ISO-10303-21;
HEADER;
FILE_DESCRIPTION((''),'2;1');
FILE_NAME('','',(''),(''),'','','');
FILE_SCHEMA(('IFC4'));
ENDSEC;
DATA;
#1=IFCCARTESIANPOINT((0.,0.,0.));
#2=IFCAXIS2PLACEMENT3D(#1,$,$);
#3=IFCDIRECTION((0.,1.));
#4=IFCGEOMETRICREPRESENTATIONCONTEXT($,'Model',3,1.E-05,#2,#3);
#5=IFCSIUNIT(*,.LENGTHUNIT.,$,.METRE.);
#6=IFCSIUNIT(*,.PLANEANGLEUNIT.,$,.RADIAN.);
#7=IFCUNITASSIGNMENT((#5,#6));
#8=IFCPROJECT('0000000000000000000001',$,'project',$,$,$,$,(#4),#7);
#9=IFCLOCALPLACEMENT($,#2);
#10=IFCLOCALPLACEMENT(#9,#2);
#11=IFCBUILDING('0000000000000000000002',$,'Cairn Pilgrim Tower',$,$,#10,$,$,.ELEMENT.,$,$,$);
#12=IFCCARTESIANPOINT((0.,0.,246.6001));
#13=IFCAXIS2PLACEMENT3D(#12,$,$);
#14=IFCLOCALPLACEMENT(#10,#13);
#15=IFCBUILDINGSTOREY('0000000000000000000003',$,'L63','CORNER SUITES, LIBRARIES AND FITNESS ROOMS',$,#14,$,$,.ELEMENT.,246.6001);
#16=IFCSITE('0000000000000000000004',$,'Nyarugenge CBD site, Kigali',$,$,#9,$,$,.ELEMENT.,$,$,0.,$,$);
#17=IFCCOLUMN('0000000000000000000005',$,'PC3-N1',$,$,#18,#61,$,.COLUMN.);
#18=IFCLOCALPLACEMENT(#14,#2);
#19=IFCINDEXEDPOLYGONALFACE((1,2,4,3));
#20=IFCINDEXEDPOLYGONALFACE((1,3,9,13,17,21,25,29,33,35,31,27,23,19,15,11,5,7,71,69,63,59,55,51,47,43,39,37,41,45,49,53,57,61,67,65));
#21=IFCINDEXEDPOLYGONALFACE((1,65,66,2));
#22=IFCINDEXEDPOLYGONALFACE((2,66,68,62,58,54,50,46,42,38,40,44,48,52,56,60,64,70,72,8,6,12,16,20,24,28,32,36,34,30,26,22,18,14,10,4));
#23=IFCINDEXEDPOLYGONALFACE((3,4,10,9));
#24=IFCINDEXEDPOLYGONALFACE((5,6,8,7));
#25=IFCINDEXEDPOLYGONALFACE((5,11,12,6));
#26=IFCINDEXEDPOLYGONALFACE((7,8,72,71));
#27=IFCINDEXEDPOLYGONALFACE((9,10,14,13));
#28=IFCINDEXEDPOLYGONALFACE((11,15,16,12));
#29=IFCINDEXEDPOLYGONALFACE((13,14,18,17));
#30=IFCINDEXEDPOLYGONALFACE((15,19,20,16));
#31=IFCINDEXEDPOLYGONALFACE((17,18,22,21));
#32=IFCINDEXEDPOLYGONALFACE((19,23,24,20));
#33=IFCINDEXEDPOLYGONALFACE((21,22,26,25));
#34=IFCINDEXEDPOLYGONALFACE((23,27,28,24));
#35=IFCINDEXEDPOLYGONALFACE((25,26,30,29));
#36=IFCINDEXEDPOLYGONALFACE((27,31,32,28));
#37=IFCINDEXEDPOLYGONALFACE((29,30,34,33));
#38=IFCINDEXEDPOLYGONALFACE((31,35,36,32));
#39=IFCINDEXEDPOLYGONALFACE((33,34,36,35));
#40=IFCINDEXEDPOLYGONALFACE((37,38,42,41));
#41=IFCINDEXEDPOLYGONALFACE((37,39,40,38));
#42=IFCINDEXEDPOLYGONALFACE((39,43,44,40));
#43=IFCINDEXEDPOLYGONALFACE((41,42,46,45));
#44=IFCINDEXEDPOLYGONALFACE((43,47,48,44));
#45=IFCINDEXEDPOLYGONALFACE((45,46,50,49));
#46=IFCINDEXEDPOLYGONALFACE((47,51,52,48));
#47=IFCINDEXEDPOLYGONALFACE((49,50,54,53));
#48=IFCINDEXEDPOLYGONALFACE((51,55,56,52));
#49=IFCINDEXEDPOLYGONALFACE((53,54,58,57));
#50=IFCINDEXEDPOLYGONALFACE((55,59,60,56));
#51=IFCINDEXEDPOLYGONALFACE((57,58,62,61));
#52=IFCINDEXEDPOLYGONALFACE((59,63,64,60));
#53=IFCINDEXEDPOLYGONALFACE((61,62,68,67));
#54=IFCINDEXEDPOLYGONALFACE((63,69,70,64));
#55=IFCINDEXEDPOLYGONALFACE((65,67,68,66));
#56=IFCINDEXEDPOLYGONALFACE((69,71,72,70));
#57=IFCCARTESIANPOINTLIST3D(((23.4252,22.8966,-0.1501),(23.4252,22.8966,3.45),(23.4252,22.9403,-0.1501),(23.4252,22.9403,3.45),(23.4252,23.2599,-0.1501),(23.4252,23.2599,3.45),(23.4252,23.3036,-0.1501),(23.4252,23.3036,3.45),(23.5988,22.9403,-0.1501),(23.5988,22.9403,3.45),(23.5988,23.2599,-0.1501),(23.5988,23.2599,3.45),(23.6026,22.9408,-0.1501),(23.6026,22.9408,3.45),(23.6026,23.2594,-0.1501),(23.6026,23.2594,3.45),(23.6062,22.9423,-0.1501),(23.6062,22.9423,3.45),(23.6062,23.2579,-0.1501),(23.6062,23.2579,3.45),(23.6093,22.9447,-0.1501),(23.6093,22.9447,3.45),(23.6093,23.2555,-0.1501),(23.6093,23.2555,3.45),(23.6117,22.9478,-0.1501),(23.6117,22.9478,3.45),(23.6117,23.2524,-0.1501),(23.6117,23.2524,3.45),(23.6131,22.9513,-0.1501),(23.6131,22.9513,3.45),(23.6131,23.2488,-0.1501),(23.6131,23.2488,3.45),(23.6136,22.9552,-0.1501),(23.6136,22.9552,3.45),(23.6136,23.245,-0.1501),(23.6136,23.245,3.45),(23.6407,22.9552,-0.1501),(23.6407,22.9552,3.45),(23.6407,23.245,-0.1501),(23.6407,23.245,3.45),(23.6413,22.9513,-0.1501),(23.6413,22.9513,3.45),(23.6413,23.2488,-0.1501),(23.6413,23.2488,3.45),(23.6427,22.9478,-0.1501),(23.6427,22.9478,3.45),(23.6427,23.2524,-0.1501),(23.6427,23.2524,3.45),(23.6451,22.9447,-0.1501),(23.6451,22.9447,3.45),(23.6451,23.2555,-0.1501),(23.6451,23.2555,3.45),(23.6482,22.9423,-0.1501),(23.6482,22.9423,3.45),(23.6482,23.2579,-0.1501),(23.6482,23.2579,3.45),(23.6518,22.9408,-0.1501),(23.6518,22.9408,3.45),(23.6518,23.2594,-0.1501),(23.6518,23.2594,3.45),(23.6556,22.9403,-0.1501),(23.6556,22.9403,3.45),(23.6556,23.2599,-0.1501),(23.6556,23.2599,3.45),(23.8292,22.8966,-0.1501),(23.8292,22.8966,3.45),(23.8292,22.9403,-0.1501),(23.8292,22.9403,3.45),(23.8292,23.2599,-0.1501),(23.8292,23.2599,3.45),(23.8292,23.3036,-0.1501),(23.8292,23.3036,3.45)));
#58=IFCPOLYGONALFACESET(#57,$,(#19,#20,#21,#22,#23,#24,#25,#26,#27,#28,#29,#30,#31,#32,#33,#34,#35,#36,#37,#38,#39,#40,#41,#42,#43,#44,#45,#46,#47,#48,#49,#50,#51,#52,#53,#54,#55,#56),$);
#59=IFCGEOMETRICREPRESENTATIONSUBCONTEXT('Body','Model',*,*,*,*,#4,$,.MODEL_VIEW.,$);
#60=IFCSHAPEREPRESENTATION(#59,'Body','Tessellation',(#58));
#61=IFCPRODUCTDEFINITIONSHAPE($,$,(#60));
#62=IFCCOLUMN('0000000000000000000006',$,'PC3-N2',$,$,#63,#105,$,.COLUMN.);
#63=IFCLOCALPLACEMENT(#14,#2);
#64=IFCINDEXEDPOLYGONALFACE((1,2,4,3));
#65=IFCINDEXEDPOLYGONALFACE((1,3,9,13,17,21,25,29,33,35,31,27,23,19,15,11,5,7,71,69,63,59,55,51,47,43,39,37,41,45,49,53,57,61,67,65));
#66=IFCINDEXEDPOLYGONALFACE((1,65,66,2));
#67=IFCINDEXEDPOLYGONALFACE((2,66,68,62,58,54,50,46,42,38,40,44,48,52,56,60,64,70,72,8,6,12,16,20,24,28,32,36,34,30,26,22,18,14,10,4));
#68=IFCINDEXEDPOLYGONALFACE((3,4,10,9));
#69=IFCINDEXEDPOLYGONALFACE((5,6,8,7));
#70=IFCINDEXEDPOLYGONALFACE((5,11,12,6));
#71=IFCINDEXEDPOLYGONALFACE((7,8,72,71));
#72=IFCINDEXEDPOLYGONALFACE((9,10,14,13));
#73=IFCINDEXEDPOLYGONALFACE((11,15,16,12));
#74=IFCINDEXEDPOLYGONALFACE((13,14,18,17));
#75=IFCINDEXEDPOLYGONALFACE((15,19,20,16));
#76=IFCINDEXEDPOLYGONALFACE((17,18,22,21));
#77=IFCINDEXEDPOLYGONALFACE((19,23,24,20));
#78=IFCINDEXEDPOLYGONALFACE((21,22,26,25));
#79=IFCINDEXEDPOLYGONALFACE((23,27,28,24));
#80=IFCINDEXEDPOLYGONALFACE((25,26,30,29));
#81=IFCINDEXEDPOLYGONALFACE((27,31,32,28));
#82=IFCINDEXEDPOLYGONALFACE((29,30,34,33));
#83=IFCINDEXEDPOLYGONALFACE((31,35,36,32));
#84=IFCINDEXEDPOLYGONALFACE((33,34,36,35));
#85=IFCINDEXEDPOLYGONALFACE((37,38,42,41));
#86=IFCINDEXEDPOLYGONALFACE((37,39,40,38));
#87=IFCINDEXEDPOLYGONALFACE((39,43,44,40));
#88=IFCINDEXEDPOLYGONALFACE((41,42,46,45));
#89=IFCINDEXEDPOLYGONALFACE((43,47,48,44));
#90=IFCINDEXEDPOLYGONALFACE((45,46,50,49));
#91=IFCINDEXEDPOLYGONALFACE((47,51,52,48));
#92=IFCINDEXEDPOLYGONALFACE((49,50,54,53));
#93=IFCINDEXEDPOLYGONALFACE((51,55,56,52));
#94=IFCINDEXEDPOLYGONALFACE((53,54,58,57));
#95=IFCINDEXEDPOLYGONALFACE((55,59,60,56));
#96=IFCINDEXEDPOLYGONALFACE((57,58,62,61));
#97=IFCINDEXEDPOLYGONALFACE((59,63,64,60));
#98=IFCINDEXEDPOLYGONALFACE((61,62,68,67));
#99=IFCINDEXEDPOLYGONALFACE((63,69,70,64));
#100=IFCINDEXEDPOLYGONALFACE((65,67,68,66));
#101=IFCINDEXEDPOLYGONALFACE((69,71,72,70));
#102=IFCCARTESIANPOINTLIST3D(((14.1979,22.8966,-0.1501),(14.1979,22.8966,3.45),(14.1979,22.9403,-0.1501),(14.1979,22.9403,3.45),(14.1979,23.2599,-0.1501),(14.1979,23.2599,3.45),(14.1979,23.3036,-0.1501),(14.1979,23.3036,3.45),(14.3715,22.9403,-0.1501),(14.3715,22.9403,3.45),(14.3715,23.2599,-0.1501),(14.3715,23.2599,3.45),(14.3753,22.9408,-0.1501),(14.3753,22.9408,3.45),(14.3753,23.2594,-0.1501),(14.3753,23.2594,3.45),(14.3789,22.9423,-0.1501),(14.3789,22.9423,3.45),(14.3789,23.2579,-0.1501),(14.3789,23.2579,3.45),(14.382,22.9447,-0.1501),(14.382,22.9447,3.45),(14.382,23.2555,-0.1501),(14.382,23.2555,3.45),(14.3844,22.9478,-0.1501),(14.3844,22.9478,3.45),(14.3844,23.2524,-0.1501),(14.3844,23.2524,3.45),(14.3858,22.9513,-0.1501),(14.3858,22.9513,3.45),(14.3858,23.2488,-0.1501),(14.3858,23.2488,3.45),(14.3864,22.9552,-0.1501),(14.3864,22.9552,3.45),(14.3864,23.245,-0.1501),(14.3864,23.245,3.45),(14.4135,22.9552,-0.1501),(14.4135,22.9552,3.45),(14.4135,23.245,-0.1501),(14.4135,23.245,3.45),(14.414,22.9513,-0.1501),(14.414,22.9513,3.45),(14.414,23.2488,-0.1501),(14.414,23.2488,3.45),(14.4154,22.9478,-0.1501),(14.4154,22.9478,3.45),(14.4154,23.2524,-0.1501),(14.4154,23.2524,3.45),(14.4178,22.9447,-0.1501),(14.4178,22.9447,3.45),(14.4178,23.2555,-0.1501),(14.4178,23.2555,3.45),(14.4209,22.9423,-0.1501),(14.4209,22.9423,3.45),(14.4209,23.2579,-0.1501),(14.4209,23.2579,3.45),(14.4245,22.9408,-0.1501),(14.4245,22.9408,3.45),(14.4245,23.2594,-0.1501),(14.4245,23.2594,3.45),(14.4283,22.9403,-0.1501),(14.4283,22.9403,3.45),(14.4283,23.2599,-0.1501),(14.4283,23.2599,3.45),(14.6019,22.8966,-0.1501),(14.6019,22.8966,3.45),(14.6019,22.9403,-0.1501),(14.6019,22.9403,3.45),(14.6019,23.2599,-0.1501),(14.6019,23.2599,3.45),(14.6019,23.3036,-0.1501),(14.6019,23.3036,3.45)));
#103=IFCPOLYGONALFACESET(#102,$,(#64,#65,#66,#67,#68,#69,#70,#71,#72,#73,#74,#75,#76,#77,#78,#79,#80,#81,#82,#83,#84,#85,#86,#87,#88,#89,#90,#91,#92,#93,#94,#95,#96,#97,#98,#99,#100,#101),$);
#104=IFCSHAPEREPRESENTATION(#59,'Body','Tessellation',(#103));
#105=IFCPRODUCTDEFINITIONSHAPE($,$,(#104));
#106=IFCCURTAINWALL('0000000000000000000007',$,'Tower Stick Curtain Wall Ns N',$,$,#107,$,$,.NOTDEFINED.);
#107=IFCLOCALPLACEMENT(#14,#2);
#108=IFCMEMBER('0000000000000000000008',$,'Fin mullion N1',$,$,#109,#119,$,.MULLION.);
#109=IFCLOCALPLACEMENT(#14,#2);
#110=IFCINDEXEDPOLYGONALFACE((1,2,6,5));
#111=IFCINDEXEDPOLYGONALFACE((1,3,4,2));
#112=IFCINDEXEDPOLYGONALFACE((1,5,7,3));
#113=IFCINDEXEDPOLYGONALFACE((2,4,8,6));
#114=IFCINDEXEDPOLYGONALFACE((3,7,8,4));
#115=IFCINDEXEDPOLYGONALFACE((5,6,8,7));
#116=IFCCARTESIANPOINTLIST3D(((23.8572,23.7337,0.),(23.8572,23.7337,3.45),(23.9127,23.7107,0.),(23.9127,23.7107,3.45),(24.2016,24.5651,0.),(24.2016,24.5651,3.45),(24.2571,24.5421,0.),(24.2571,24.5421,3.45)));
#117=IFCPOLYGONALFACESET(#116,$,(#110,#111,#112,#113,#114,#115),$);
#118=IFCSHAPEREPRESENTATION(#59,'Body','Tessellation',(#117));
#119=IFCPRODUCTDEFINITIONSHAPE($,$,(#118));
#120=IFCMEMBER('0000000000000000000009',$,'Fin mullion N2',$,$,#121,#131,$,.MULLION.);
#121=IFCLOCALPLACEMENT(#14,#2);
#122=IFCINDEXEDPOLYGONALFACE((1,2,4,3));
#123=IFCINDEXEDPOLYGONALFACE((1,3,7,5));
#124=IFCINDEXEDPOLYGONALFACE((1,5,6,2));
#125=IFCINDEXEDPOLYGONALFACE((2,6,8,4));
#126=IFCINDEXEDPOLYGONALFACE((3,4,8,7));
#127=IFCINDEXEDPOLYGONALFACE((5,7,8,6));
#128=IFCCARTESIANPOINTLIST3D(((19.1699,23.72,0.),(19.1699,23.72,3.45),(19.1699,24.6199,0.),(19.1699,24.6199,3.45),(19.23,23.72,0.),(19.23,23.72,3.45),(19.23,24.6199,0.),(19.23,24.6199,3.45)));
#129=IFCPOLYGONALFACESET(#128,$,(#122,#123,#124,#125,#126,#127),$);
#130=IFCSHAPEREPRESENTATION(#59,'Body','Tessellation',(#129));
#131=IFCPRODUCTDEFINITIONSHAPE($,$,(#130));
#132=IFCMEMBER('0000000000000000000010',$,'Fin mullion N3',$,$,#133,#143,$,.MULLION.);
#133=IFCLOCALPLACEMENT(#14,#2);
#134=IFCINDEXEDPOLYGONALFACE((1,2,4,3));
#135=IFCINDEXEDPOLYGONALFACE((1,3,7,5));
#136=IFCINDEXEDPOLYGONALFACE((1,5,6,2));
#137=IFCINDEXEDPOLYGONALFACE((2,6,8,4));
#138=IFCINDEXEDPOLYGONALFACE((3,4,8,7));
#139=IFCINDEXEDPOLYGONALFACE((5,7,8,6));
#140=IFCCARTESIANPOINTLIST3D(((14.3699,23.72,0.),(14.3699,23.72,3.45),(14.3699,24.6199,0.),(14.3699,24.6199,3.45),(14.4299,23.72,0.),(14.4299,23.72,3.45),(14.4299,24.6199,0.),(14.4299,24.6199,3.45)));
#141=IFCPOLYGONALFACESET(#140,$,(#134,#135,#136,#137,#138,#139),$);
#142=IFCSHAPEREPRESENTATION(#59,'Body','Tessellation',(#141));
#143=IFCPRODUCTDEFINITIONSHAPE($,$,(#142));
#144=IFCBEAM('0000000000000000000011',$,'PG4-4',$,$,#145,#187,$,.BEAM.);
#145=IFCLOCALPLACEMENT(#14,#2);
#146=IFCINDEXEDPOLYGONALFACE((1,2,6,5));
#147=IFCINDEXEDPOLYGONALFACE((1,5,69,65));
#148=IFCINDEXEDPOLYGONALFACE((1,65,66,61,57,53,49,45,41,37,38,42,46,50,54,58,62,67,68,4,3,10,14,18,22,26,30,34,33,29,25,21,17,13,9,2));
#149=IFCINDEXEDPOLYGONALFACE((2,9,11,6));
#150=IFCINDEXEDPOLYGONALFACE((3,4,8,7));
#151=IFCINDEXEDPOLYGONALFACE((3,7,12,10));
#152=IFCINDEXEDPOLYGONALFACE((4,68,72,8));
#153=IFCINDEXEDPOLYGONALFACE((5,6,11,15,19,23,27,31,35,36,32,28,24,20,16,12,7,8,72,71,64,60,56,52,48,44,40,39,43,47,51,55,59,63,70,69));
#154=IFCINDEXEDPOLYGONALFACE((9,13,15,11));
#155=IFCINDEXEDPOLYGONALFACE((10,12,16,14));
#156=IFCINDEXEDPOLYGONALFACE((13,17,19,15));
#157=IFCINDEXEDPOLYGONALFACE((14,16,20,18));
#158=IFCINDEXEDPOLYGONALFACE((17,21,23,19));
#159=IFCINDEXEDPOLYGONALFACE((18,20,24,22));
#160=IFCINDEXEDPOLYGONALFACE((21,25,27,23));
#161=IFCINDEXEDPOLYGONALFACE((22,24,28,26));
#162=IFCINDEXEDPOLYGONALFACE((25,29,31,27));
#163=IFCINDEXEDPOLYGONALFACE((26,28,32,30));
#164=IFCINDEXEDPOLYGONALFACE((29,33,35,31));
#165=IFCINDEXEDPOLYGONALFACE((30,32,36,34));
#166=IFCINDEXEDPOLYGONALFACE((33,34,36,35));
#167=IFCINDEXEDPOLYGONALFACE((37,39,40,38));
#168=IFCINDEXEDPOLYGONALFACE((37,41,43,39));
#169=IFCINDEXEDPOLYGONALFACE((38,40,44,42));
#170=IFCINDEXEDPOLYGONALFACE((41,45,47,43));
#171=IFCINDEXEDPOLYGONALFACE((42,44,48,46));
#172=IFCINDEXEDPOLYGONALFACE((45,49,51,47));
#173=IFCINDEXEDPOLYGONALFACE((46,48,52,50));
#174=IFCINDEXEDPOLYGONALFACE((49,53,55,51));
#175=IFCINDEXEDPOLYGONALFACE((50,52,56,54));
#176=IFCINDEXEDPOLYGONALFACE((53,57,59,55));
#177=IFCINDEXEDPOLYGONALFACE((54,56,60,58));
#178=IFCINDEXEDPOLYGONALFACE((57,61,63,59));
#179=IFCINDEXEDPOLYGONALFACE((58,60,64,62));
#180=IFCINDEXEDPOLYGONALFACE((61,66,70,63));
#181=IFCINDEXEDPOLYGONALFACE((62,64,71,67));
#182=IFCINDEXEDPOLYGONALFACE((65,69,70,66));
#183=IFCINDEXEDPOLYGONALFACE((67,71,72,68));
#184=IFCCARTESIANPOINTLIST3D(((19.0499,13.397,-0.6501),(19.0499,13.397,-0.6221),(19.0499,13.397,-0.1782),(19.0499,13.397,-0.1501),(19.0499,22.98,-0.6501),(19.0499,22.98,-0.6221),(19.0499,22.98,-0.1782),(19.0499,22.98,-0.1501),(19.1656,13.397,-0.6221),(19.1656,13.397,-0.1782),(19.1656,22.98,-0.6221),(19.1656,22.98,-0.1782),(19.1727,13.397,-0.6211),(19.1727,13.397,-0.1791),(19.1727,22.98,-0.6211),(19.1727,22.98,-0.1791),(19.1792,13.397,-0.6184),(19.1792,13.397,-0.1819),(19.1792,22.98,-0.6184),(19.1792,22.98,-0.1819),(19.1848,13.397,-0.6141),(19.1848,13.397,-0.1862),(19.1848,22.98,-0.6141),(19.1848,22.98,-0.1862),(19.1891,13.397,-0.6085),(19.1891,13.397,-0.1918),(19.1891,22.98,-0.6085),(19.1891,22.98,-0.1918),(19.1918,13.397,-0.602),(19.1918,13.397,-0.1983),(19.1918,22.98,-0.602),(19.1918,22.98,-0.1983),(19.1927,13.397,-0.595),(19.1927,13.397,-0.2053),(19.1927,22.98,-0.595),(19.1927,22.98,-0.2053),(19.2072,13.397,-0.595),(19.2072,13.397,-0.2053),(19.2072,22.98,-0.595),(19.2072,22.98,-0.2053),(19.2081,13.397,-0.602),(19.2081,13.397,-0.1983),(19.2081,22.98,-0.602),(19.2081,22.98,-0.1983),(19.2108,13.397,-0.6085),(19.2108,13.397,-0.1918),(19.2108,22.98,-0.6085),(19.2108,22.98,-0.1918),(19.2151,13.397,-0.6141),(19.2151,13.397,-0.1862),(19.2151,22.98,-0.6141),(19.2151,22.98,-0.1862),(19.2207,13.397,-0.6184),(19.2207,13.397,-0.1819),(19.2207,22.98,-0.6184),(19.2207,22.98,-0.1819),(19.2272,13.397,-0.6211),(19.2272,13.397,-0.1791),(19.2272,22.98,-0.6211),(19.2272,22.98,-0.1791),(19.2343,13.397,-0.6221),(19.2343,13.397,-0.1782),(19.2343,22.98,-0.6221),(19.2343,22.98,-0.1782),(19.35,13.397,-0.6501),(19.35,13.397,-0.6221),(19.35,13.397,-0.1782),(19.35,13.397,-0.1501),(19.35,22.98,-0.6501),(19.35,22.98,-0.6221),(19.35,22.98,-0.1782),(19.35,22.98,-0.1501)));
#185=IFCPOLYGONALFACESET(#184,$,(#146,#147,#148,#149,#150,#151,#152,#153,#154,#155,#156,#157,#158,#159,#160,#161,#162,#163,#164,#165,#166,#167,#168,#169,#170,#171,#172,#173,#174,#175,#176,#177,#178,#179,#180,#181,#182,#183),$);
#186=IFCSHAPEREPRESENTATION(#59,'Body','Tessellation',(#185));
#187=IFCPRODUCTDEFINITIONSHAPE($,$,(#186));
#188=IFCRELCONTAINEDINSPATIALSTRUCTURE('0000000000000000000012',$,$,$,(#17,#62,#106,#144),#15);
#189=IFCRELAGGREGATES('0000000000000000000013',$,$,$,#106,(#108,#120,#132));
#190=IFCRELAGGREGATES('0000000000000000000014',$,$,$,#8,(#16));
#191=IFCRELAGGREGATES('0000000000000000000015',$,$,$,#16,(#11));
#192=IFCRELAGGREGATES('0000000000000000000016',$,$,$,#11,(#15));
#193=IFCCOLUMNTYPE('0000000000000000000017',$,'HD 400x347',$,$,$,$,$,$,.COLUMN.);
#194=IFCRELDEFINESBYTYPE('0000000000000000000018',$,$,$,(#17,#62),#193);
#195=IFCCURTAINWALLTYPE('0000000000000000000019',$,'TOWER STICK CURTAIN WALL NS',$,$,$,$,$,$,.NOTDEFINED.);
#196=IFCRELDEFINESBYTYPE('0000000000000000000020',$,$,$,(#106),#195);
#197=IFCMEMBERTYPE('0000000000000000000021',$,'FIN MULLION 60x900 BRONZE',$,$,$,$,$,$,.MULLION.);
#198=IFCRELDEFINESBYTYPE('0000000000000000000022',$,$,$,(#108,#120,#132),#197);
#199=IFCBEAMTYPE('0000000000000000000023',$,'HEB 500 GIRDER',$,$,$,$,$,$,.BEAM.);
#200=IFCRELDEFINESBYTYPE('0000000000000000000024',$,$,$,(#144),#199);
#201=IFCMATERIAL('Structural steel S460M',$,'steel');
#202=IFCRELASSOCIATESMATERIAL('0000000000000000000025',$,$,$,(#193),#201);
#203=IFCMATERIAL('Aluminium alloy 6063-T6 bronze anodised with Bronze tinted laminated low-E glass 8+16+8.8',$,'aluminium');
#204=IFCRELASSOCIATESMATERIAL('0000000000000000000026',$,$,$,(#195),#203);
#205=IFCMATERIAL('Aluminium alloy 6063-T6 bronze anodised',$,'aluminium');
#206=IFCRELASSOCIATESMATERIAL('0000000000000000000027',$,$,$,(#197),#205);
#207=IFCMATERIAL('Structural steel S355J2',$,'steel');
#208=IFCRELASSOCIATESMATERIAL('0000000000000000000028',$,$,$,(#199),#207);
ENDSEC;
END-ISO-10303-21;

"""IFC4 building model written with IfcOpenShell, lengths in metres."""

from ifc_helpers import new_model, si_unit, direction, frame, origin, origin_2d, place, context, subcontext, project, spatial, rectangle, i_section, extrude, material, material_profile, profile_set, type_object, element, aggregate, save


model = new_model("IFC4")

# Units and contexts
model_context = context("Model", 3, precision=1e-05, world=origin(), true_north=direction((0.0, 1.0)))
body_context = subcontext(model_context, "Body", "Model", "MODEL_VIEW")
ifc_project = project(units=[si_unit("LENGTHUNIT", "METRE"), si_unit("PLANEANGLEUNIT", "RADIAN")], contexts=[model_context])

# Site, building, storey
site_placement = place(None, origin())
site = spatial("IfcSite", under=ifc_project, at=site_placement, Name="Nyarugenge CBD site, Kigali", CompositionType="ELEMENT", RefElevation=0.0)
building_placement = place(site_placement, origin())
building = spatial("IfcBuilding", under=site, at=building_placement, Name="Cairn Pilgrim Tower", CompositionType="ELEMENT")
storey_placement = place(building_placement, frame((0.0, 0.0, 246.6001)))
storey = spatial("IfcBuildingStorey", under=building, at=storey_placement, Name="L63", Description="CORNER SUITES, LIBRARIES AND FITNESS ROOMS", CompositionType="ELEMENT", Elevation=246.6001)

# Columns
ifc_material_1 = material(Name="Structural steel S460M", Category="steel")
ifc_material_profile_1 = material_profile(ifc_material_1, i_section(OverallWidth=0.4041, OverallDepth=0.407, WebThickness=0.0271, FlangeThickness=0.0437, FilletRadius=0.0149, at=origin_2d()), Name="HD 400x347")
ifc_profile_set_1 = profile_set([ifc_material_profile_1], Name="Structural steel S460M")
column_type = type_object("IfcColumnType", Name="HD 400x347", PredefinedType="COLUMN", material=ifc_profile_set_1)
for number, where, z_axis, x_axis, name in (
    (1, (23.6272, 23.1001, -0.1501), (0.0, 0.0, 1.0), (1.0, 0.0, 0.0), "PC3-N1"),
    (2, (14.3999, 23.1001, -0.1501), (0.0, 0.0, 1.0), (1.0, 0.0, 0.0), "PC3-N2"),
):
    element("IfcColumn", number, at=place(storey_placement, frame(where, z_axis=z_axis, x_axis=x_axis)), inside=storey, type_object=column_type, Name=name, PredefinedType="COLUMN", context=body_context, shape_type="SweptSolid", body=[
        extrude(i_section(OverallWidth=0.4041, OverallDepth=0.407, WebThickness=0.0271, FlangeThickness=0.0437, FilletRadius=0.0149, at=origin_2d()), origin(), (0.0, 0.0, 1.0), 3.6001),
    ])

# Curtain wall, members
ifc_material_2 = material(Name="Aluminium alloy 6063-T6 bronze anodised with Bronze tinted laminated low-E glass 8+16+8.8", Category="aluminium")
curtain_wall_type = type_object("IfcCurtainWallType", Name="TOWER STICK CURTAIN WALL NS", PredefinedType="NOTDEFINED", material=ifc_material_2)
curtain_wall_placement = place(storey_placement, origin())
curtain_wall = element("IfcCurtainWall", 3, at=curtain_wall_placement, inside=storey, type_object=curtain_wall_type, Name="Tower Stick Curtain Wall Ns N", PredefinedType="NOTDEFINED")
ifc_material_3 = material(Name="Aluminium alloy 6063-T6 bronze anodised", Category="aluminium")
ifc_material_profile_2 = material_profile(ifc_material_3, rectangle(XDim=0.8999, YDim=0.0601, at=origin_2d()), Name="FIN MULLION 60x900 BRONZE")
ifc_profile_set_2 = profile_set([ifc_material_profile_2], Name="Aluminium alloy 6063-T6 bronze anodised")
member_type_1 = type_object("IfcMemberType", Name="FIN MULLION 60x900 BRONZE", PredefinedType="MULLION", material=ifc_profile_set_2)
member_1_placement = place(storey_placement, frame((24.0571, 24.1379, 0.0), z_axis=(0.0, 0.0, 1.0), x_axis=(0.382683, 0.92388, 0.0)))
member_1 = element("IfcMember", 4, at=member_1_placement, type_object=member_type_1, Name="Fin mullion N1", PredefinedType="MULLION", context=body_context, shape_type="SweptSolid", body=[
    extrude(rectangle(XDim=0.8999, YDim=0.0601, at=origin_2d()), origin(), (0.0, 0.0, 1.0), 3.45),
])
member_2_placement = place(storey_placement, frame((19.2, 24.1699, 0.0), z_axis=(0.0, 0.0, 1.0), x_axis=(0.0, 1.0, 0.0)))
member_2 = element("IfcMember", 5, at=member_2_placement, type_object=member_type_1, Name="Fin mullion N2", PredefinedType="MULLION", context=body_context, shape_type="SweptSolid", body=[
    extrude(rectangle(XDim=0.8999, YDim=0.0601, at=origin_2d()), origin(), (0.0, 0.0, 1.0), 3.45),
])
member_3_placement = place(storey_placement, frame((14.3999, 24.1699, 0.0), z_axis=(0.0, 0.0, 1.0), x_axis=(0.0, 1.0, 0.0)))
member_3 = element("IfcMember", 6, at=member_3_placement, type_object=member_type_1, Name="Fin mullion N3", PredefinedType="MULLION", context=body_context, shape_type="SweptSolid", body=[
    extrude(rectangle(XDim=0.8999, YDim=0.0601, at=origin_2d()), origin(), (0.0, 0.0, 1.0), 3.45),
])

# Beam
ifc_material_4 = material(Name="Structural steel S355J2", Category="steel")
ifc_material_profile_3 = material_profile(ifc_material_4, i_section(OverallWidth=0.3, OverallDepth=0.5, WebThickness=0.0144, FlangeThickness=0.0281, FilletRadius=0.0271, at=origin_2d()), Name="HEB 500")
ifc_profile_set_3 = profile_set([ifc_material_profile_3], Name="Structural steel S355J2")
beam_type_1 = type_object("IfcBeamType", Name="HEB 500 GIRDER", PredefinedType="BEAM", material=ifc_profile_set_3)
beam_1_placement = place(storey_placement, frame((19.2, 13.397, -0.4001), z_axis=(0.0, 1.0, 0.0), x_axis=(-1.0, 0.0, 0.0)))
element("IfcBeam", 7, at=beam_1_placement, inside=storey, type_object=beam_type_1, Name="PG4-4", PredefinedType="BEAM", context=body_context, shape_type="SweptSolid", body=[
    extrude(i_section(OverallWidth=0.3, OverallDepth=0.5, WebThickness=0.0144, FlangeThickness=0.0281, FilletRadius=0.0271, at=origin_2d()), origin(), (0.0, 0.0, 1.0), 9.583),
])

aggregate(curtain_wall, [member_1, member_2, member_3])

save(model, "model.ifc")
